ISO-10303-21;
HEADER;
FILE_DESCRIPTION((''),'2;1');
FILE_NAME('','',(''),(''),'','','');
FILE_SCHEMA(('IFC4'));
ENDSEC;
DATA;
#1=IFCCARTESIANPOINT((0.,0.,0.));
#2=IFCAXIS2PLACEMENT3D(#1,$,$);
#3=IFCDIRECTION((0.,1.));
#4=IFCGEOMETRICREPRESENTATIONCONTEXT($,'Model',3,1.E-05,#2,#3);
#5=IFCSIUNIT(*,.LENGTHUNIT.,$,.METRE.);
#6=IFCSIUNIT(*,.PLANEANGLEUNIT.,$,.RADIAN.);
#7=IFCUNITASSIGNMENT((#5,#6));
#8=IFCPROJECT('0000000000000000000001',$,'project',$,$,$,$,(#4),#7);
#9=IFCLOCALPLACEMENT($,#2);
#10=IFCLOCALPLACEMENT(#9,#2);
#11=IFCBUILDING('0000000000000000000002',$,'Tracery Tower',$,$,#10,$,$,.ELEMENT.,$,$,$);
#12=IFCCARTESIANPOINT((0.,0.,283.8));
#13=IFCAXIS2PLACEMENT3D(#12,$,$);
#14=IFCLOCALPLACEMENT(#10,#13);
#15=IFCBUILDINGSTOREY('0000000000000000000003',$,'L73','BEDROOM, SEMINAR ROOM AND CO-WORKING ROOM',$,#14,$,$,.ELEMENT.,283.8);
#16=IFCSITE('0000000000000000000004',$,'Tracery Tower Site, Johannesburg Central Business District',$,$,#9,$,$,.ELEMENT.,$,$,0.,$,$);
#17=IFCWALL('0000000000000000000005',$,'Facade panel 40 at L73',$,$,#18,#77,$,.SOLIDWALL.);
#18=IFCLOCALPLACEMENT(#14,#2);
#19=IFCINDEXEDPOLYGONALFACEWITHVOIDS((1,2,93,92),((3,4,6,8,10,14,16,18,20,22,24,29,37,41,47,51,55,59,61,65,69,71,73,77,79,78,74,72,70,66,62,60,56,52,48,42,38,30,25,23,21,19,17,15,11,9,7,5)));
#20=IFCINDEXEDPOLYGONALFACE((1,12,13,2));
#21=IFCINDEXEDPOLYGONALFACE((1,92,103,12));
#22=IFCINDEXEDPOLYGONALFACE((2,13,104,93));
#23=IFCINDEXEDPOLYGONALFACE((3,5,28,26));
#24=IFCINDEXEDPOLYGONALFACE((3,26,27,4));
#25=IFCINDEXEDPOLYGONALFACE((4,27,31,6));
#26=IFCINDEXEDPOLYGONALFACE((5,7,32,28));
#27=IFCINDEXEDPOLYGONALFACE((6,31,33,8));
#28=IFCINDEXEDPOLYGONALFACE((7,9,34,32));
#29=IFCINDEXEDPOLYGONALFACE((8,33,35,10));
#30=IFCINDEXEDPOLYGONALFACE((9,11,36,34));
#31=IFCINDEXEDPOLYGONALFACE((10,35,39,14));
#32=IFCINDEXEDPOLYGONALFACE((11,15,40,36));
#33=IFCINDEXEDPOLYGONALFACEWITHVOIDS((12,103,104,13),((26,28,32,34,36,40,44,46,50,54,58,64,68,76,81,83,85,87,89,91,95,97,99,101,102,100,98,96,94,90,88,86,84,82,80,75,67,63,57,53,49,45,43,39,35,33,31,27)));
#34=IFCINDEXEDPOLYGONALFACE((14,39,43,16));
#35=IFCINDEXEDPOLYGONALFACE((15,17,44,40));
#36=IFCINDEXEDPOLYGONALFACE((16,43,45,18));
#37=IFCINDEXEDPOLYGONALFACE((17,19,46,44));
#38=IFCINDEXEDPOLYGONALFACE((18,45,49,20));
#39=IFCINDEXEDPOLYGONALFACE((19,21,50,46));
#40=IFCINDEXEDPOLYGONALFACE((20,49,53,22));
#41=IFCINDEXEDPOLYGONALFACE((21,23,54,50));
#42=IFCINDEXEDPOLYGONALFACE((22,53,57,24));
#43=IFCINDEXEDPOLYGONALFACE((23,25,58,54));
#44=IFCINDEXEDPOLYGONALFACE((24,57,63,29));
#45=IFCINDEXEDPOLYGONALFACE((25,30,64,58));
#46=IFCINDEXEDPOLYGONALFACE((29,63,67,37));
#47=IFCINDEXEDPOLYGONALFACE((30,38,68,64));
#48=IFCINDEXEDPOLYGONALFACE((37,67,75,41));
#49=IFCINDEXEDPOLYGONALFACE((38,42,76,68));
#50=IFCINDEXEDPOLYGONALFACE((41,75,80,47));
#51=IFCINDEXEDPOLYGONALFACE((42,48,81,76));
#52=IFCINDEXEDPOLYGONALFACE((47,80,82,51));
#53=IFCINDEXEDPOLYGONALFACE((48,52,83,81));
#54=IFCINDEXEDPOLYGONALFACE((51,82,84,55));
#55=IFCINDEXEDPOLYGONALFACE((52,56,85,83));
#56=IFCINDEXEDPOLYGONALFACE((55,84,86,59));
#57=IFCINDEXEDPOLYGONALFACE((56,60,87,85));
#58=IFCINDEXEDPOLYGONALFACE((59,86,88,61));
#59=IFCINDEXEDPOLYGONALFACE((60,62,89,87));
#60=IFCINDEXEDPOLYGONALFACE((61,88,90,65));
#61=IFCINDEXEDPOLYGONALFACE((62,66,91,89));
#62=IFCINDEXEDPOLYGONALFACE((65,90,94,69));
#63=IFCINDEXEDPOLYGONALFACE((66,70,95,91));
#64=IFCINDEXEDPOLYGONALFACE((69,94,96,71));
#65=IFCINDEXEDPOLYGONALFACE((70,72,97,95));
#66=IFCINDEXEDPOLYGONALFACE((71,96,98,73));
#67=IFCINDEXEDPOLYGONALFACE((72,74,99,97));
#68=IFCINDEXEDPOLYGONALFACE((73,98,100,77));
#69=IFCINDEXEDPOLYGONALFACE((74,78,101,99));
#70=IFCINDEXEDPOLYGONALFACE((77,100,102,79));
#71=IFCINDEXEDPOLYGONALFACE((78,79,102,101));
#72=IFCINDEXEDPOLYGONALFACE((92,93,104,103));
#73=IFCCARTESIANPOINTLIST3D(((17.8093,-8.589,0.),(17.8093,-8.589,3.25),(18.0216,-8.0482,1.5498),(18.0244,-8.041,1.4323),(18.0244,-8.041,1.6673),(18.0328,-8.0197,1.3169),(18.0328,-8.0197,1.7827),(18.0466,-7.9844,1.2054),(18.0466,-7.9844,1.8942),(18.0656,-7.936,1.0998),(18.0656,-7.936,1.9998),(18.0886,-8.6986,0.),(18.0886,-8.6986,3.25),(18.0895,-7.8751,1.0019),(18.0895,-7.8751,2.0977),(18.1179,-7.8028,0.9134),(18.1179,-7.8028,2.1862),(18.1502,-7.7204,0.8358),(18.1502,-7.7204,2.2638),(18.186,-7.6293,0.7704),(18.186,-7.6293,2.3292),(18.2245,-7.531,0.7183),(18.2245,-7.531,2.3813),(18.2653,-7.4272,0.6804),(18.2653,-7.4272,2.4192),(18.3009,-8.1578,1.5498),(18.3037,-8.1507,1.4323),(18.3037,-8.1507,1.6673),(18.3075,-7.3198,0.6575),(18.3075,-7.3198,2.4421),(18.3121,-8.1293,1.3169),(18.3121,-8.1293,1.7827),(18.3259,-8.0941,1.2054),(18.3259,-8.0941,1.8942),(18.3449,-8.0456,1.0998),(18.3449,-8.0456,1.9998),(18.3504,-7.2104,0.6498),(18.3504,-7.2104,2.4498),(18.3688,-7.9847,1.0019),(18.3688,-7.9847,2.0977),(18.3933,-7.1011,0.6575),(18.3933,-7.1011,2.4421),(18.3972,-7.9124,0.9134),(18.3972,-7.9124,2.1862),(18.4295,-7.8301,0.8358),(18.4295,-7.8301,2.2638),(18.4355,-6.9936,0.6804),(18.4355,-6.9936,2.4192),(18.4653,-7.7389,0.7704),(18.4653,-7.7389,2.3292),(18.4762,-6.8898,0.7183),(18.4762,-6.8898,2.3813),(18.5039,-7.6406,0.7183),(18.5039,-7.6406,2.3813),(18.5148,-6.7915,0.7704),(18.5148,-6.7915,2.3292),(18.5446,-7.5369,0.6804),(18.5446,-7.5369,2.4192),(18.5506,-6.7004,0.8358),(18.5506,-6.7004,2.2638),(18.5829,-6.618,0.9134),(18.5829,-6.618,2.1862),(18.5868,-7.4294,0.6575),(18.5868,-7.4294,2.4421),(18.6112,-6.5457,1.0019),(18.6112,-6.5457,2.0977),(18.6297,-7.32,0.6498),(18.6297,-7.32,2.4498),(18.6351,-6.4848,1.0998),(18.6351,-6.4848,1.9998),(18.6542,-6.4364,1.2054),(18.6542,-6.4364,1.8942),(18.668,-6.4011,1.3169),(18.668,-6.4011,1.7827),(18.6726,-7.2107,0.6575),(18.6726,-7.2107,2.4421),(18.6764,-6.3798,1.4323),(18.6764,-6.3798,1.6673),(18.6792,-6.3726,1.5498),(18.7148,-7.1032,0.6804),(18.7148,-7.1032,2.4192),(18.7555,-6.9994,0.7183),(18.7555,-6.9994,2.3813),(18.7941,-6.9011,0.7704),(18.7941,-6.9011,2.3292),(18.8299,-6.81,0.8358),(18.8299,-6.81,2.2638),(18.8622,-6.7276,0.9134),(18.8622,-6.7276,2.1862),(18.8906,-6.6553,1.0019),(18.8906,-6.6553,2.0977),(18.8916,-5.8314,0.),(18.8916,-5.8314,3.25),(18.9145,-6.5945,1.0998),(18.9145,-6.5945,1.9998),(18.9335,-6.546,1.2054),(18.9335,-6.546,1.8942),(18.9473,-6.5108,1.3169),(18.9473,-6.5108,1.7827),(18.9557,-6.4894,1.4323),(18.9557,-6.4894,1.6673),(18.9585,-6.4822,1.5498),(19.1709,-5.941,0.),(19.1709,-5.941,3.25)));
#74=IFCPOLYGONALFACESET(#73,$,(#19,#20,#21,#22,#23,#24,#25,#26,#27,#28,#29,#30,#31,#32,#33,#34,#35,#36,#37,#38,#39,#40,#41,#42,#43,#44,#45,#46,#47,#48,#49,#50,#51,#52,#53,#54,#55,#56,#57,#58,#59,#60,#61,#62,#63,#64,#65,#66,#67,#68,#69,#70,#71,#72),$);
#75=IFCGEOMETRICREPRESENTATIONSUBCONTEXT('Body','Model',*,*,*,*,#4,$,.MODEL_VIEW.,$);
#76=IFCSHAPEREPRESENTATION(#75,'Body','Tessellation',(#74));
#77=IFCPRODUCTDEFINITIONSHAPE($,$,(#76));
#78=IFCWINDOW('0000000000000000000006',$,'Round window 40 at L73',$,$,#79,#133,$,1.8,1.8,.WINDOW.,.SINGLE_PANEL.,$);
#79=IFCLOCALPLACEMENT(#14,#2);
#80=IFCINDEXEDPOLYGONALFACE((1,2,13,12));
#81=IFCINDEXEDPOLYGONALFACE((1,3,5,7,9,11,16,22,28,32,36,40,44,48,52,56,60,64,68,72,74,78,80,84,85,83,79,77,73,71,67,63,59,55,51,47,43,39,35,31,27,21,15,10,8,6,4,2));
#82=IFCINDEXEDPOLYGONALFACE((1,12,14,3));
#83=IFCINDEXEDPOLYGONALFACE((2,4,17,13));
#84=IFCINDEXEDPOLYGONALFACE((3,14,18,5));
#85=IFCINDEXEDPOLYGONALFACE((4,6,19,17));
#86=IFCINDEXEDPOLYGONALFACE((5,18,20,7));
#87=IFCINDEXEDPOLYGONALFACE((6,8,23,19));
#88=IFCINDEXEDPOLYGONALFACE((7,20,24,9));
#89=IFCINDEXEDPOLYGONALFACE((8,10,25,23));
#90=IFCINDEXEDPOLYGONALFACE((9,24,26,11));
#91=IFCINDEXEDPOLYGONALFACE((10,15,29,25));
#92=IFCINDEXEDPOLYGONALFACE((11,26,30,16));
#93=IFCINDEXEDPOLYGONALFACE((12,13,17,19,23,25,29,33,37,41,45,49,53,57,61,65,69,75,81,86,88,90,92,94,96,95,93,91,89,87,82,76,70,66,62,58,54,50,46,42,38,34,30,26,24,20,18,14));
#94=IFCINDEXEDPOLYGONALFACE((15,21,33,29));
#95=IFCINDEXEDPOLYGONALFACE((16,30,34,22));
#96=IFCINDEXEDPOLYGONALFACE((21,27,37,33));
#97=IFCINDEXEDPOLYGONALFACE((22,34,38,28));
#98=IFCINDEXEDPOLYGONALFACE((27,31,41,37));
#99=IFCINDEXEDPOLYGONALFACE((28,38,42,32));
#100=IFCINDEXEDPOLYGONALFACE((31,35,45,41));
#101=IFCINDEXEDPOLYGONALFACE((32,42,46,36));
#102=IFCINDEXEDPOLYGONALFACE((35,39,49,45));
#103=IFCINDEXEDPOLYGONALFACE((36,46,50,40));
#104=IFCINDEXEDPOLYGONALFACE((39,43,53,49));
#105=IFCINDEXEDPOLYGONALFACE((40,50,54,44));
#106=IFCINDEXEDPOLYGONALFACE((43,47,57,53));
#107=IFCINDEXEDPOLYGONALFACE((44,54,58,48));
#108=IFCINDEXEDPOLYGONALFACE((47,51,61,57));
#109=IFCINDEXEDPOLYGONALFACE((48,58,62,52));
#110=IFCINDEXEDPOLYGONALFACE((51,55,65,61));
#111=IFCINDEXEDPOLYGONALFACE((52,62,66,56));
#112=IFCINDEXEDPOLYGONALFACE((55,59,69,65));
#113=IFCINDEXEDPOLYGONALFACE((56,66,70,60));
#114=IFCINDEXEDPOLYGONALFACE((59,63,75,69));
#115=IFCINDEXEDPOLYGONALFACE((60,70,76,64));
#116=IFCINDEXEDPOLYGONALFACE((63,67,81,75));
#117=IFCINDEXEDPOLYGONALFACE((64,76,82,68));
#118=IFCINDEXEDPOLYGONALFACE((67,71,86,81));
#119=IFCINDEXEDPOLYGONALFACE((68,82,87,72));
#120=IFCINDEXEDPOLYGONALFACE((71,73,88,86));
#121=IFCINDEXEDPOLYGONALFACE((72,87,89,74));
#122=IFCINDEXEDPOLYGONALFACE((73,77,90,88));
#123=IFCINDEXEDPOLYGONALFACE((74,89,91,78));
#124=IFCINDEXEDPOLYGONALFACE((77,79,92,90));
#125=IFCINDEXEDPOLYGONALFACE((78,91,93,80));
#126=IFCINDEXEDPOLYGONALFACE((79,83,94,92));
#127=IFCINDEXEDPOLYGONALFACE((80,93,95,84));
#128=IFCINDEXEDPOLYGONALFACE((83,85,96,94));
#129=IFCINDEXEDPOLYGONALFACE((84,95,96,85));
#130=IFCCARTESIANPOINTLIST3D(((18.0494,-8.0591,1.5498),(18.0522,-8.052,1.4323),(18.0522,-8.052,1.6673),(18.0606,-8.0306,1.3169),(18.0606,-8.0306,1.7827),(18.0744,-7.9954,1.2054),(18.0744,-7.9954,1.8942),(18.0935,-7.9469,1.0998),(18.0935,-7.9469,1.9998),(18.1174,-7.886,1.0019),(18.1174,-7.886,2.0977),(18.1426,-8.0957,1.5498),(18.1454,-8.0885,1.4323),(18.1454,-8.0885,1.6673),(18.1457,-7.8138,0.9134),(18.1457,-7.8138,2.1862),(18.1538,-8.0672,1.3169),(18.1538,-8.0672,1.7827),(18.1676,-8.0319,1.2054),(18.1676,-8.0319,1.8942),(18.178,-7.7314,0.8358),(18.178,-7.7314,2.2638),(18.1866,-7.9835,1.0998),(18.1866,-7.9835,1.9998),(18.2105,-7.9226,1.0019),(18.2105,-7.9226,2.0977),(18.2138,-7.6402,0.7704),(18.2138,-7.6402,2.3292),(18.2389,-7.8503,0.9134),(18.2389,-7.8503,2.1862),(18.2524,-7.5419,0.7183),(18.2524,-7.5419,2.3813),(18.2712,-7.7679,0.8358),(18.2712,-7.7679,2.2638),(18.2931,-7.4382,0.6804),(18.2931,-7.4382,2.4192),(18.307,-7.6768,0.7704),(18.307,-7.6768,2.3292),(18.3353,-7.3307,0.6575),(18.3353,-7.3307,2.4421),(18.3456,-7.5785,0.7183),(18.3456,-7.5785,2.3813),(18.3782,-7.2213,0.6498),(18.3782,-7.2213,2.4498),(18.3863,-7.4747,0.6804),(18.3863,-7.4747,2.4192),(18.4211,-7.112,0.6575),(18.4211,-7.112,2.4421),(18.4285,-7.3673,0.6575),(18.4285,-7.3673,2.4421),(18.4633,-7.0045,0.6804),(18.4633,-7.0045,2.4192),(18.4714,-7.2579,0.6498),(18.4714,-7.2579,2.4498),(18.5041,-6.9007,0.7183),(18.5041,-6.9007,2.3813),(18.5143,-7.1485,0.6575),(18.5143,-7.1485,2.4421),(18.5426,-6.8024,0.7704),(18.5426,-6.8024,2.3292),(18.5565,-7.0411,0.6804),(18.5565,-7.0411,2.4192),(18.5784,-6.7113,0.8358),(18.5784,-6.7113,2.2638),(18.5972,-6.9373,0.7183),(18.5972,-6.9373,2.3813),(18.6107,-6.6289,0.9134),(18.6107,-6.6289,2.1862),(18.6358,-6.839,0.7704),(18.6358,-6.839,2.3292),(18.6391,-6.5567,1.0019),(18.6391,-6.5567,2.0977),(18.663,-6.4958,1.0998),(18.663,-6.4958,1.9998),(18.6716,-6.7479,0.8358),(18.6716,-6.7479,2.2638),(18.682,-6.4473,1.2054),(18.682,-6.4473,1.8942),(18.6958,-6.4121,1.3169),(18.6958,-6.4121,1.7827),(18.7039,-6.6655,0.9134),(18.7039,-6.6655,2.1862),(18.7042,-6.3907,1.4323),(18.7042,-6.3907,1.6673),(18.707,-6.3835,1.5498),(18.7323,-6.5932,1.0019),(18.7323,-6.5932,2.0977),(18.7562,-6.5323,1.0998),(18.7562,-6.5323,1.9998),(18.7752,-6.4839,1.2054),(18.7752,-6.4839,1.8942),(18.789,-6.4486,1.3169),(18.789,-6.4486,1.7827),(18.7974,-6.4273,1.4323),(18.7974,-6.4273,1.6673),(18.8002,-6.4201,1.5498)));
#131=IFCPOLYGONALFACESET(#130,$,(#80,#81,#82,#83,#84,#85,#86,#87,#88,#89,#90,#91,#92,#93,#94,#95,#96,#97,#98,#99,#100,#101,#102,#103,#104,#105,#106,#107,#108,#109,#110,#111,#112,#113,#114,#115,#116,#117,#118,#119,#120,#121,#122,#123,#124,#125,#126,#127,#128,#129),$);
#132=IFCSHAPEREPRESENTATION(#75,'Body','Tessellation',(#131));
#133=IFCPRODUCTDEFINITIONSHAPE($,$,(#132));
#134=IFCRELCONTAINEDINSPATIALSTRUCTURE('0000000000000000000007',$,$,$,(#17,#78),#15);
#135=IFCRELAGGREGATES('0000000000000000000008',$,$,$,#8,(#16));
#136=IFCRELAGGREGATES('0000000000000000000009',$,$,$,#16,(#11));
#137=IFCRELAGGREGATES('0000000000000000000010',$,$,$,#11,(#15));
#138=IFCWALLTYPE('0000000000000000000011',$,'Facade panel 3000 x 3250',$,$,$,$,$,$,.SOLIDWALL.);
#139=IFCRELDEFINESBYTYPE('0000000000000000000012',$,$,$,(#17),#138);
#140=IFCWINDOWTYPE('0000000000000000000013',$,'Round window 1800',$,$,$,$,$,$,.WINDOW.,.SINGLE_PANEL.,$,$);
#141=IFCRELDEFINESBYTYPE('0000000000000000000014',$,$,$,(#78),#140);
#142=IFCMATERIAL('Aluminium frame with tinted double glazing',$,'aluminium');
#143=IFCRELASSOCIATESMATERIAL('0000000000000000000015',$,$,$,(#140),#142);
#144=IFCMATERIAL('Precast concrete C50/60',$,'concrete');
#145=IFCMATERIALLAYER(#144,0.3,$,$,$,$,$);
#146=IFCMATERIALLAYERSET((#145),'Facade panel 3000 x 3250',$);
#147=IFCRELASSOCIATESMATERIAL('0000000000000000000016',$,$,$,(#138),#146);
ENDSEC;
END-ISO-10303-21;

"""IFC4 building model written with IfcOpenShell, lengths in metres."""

from ifc_helpers import new_model, si_unit, direction, frame, frame_2d, origin, origin_2d, place, context, subcontext, project, spatial, rectangle, circle, extrude, material, layer, layer_set, type_object, element, fill, save


model = new_model("IFC4")

# Units and contexts
model_context = context("Model", 3, precision=1e-05, world=origin(), true_north=direction((0.0, 1.0)))
body_context = subcontext(model_context, "Body", "Model", "MODEL_VIEW")
ifc_project = project(units=[si_unit("LENGTHUNIT", "METRE"), si_unit("PLANEANGLEUNIT", "RADIAN")], contexts=[model_context])

# Site, building, storey
site_placement = place(None, origin())
site = spatial("IfcSite", under=ifc_project, at=site_placement, Name="Tracery Tower Site, Johannesburg Central Business District", CompositionType="ELEMENT", RefElevation=0.0)
building_placement = place(site_placement, origin())
building = spatial("IfcBuilding", under=site, at=building_placement, Name="Tracery Tower", CompositionType="ELEMENT")
storey_placement = place(building_placement, frame((0.0, 0.0, 283.8)))
storey = spatial("IfcBuildingStorey", under=building, at=storey_placement, Name="L73", Description="BEDROOM, SEMINAR ROOM AND CO-WORKING ROOM", CompositionType="ELEMENT", Elevation=283.8)

# Wall, opening, window
ifc_material_1 = material(Name="Aluminium frame with tinted double glazing", Category="aluminium")
window_type = type_object("IfcWindowType", Name="Round window 1800", PartitioningType="SINGLE_PANEL", PredefinedType="WINDOW", material=ifc_material_1)
ifc_material_2 = material(Name="Precast concrete C50/60", Category="concrete")
ifc_layer_1 = layer(ifc_material_2, 0.3)
ifc_layer_set_1 = layer_set([ifc_layer_1], Name="Facade panel 3000 x 3250")
wall_type_1 = type_object("IfcWallType", Name="Facade panel 3000 x 3250", PredefinedType="SOLIDWALL", material=ifc_layer_set_1)
wall_1_placement = place(storey_placement, frame((17.949, -8.6438, 0.0), z_axis=(0.0, 0.0, 1.0), x_axis=(0.365344, 0.930873, 0.0)))
wall_1 = element("IfcWall", 1, at=wall_1_placement, inside=storey, type_object=wall_type_1, Name="Facade panel 40 at L73", PredefinedType="SOLIDWALL", context=body_context, shape_type="SweptSolid", body=[
    extrude(rectangle(XDim=2.9624, YDim=0.3, at=frame_2d((1.4812, 0.0))), origin(), (0.0, 0.0, 1.0), 3.25),
])
opening_1_placement = place(wall_1_placement, frame((1.481, 0.0, 1.5498)))
opening_1 = element("IfcOpeningElement", 2, at=opening_1_placement, cuts=wall_1, PredefinedType="OPENING", context=body_context, shape_type="SweptSolid", body=[
    extrude(circle(Radius=0.9, at=origin_2d()), frame((0.0, 0.1599, 0.0), z_axis=(0.0, -1.0, 0.0), x_axis=(1.0, 0.0, 0.0)), (0.0, 0.0, 1.0), 0.3201),
])
window_1_placement = place(opening_1_placement, origin())
window_1 = element("IfcWindow", 3, at=window_1_placement, inside=storey, type_object=window_type, Name="Round window 40 at L73", OverallHeight=1.8, OverallWidth=1.8, PartitioningType="SINGLE_PANEL", PredefinedType="WINDOW", context=body_context, shape_type="SweptSolid", body=[
    extrude(circle(Radius=0.9, at=origin_2d()), frame((0.0, 0.1201, 0.0), z_axis=(0.0, -1.0, 0.0), x_axis=(1.0, 0.0, 0.0)), (0.0, 0.0, 1.0), 0.1001),
])
fill(opening_1, window_1)

save(model, "model.ifc")
